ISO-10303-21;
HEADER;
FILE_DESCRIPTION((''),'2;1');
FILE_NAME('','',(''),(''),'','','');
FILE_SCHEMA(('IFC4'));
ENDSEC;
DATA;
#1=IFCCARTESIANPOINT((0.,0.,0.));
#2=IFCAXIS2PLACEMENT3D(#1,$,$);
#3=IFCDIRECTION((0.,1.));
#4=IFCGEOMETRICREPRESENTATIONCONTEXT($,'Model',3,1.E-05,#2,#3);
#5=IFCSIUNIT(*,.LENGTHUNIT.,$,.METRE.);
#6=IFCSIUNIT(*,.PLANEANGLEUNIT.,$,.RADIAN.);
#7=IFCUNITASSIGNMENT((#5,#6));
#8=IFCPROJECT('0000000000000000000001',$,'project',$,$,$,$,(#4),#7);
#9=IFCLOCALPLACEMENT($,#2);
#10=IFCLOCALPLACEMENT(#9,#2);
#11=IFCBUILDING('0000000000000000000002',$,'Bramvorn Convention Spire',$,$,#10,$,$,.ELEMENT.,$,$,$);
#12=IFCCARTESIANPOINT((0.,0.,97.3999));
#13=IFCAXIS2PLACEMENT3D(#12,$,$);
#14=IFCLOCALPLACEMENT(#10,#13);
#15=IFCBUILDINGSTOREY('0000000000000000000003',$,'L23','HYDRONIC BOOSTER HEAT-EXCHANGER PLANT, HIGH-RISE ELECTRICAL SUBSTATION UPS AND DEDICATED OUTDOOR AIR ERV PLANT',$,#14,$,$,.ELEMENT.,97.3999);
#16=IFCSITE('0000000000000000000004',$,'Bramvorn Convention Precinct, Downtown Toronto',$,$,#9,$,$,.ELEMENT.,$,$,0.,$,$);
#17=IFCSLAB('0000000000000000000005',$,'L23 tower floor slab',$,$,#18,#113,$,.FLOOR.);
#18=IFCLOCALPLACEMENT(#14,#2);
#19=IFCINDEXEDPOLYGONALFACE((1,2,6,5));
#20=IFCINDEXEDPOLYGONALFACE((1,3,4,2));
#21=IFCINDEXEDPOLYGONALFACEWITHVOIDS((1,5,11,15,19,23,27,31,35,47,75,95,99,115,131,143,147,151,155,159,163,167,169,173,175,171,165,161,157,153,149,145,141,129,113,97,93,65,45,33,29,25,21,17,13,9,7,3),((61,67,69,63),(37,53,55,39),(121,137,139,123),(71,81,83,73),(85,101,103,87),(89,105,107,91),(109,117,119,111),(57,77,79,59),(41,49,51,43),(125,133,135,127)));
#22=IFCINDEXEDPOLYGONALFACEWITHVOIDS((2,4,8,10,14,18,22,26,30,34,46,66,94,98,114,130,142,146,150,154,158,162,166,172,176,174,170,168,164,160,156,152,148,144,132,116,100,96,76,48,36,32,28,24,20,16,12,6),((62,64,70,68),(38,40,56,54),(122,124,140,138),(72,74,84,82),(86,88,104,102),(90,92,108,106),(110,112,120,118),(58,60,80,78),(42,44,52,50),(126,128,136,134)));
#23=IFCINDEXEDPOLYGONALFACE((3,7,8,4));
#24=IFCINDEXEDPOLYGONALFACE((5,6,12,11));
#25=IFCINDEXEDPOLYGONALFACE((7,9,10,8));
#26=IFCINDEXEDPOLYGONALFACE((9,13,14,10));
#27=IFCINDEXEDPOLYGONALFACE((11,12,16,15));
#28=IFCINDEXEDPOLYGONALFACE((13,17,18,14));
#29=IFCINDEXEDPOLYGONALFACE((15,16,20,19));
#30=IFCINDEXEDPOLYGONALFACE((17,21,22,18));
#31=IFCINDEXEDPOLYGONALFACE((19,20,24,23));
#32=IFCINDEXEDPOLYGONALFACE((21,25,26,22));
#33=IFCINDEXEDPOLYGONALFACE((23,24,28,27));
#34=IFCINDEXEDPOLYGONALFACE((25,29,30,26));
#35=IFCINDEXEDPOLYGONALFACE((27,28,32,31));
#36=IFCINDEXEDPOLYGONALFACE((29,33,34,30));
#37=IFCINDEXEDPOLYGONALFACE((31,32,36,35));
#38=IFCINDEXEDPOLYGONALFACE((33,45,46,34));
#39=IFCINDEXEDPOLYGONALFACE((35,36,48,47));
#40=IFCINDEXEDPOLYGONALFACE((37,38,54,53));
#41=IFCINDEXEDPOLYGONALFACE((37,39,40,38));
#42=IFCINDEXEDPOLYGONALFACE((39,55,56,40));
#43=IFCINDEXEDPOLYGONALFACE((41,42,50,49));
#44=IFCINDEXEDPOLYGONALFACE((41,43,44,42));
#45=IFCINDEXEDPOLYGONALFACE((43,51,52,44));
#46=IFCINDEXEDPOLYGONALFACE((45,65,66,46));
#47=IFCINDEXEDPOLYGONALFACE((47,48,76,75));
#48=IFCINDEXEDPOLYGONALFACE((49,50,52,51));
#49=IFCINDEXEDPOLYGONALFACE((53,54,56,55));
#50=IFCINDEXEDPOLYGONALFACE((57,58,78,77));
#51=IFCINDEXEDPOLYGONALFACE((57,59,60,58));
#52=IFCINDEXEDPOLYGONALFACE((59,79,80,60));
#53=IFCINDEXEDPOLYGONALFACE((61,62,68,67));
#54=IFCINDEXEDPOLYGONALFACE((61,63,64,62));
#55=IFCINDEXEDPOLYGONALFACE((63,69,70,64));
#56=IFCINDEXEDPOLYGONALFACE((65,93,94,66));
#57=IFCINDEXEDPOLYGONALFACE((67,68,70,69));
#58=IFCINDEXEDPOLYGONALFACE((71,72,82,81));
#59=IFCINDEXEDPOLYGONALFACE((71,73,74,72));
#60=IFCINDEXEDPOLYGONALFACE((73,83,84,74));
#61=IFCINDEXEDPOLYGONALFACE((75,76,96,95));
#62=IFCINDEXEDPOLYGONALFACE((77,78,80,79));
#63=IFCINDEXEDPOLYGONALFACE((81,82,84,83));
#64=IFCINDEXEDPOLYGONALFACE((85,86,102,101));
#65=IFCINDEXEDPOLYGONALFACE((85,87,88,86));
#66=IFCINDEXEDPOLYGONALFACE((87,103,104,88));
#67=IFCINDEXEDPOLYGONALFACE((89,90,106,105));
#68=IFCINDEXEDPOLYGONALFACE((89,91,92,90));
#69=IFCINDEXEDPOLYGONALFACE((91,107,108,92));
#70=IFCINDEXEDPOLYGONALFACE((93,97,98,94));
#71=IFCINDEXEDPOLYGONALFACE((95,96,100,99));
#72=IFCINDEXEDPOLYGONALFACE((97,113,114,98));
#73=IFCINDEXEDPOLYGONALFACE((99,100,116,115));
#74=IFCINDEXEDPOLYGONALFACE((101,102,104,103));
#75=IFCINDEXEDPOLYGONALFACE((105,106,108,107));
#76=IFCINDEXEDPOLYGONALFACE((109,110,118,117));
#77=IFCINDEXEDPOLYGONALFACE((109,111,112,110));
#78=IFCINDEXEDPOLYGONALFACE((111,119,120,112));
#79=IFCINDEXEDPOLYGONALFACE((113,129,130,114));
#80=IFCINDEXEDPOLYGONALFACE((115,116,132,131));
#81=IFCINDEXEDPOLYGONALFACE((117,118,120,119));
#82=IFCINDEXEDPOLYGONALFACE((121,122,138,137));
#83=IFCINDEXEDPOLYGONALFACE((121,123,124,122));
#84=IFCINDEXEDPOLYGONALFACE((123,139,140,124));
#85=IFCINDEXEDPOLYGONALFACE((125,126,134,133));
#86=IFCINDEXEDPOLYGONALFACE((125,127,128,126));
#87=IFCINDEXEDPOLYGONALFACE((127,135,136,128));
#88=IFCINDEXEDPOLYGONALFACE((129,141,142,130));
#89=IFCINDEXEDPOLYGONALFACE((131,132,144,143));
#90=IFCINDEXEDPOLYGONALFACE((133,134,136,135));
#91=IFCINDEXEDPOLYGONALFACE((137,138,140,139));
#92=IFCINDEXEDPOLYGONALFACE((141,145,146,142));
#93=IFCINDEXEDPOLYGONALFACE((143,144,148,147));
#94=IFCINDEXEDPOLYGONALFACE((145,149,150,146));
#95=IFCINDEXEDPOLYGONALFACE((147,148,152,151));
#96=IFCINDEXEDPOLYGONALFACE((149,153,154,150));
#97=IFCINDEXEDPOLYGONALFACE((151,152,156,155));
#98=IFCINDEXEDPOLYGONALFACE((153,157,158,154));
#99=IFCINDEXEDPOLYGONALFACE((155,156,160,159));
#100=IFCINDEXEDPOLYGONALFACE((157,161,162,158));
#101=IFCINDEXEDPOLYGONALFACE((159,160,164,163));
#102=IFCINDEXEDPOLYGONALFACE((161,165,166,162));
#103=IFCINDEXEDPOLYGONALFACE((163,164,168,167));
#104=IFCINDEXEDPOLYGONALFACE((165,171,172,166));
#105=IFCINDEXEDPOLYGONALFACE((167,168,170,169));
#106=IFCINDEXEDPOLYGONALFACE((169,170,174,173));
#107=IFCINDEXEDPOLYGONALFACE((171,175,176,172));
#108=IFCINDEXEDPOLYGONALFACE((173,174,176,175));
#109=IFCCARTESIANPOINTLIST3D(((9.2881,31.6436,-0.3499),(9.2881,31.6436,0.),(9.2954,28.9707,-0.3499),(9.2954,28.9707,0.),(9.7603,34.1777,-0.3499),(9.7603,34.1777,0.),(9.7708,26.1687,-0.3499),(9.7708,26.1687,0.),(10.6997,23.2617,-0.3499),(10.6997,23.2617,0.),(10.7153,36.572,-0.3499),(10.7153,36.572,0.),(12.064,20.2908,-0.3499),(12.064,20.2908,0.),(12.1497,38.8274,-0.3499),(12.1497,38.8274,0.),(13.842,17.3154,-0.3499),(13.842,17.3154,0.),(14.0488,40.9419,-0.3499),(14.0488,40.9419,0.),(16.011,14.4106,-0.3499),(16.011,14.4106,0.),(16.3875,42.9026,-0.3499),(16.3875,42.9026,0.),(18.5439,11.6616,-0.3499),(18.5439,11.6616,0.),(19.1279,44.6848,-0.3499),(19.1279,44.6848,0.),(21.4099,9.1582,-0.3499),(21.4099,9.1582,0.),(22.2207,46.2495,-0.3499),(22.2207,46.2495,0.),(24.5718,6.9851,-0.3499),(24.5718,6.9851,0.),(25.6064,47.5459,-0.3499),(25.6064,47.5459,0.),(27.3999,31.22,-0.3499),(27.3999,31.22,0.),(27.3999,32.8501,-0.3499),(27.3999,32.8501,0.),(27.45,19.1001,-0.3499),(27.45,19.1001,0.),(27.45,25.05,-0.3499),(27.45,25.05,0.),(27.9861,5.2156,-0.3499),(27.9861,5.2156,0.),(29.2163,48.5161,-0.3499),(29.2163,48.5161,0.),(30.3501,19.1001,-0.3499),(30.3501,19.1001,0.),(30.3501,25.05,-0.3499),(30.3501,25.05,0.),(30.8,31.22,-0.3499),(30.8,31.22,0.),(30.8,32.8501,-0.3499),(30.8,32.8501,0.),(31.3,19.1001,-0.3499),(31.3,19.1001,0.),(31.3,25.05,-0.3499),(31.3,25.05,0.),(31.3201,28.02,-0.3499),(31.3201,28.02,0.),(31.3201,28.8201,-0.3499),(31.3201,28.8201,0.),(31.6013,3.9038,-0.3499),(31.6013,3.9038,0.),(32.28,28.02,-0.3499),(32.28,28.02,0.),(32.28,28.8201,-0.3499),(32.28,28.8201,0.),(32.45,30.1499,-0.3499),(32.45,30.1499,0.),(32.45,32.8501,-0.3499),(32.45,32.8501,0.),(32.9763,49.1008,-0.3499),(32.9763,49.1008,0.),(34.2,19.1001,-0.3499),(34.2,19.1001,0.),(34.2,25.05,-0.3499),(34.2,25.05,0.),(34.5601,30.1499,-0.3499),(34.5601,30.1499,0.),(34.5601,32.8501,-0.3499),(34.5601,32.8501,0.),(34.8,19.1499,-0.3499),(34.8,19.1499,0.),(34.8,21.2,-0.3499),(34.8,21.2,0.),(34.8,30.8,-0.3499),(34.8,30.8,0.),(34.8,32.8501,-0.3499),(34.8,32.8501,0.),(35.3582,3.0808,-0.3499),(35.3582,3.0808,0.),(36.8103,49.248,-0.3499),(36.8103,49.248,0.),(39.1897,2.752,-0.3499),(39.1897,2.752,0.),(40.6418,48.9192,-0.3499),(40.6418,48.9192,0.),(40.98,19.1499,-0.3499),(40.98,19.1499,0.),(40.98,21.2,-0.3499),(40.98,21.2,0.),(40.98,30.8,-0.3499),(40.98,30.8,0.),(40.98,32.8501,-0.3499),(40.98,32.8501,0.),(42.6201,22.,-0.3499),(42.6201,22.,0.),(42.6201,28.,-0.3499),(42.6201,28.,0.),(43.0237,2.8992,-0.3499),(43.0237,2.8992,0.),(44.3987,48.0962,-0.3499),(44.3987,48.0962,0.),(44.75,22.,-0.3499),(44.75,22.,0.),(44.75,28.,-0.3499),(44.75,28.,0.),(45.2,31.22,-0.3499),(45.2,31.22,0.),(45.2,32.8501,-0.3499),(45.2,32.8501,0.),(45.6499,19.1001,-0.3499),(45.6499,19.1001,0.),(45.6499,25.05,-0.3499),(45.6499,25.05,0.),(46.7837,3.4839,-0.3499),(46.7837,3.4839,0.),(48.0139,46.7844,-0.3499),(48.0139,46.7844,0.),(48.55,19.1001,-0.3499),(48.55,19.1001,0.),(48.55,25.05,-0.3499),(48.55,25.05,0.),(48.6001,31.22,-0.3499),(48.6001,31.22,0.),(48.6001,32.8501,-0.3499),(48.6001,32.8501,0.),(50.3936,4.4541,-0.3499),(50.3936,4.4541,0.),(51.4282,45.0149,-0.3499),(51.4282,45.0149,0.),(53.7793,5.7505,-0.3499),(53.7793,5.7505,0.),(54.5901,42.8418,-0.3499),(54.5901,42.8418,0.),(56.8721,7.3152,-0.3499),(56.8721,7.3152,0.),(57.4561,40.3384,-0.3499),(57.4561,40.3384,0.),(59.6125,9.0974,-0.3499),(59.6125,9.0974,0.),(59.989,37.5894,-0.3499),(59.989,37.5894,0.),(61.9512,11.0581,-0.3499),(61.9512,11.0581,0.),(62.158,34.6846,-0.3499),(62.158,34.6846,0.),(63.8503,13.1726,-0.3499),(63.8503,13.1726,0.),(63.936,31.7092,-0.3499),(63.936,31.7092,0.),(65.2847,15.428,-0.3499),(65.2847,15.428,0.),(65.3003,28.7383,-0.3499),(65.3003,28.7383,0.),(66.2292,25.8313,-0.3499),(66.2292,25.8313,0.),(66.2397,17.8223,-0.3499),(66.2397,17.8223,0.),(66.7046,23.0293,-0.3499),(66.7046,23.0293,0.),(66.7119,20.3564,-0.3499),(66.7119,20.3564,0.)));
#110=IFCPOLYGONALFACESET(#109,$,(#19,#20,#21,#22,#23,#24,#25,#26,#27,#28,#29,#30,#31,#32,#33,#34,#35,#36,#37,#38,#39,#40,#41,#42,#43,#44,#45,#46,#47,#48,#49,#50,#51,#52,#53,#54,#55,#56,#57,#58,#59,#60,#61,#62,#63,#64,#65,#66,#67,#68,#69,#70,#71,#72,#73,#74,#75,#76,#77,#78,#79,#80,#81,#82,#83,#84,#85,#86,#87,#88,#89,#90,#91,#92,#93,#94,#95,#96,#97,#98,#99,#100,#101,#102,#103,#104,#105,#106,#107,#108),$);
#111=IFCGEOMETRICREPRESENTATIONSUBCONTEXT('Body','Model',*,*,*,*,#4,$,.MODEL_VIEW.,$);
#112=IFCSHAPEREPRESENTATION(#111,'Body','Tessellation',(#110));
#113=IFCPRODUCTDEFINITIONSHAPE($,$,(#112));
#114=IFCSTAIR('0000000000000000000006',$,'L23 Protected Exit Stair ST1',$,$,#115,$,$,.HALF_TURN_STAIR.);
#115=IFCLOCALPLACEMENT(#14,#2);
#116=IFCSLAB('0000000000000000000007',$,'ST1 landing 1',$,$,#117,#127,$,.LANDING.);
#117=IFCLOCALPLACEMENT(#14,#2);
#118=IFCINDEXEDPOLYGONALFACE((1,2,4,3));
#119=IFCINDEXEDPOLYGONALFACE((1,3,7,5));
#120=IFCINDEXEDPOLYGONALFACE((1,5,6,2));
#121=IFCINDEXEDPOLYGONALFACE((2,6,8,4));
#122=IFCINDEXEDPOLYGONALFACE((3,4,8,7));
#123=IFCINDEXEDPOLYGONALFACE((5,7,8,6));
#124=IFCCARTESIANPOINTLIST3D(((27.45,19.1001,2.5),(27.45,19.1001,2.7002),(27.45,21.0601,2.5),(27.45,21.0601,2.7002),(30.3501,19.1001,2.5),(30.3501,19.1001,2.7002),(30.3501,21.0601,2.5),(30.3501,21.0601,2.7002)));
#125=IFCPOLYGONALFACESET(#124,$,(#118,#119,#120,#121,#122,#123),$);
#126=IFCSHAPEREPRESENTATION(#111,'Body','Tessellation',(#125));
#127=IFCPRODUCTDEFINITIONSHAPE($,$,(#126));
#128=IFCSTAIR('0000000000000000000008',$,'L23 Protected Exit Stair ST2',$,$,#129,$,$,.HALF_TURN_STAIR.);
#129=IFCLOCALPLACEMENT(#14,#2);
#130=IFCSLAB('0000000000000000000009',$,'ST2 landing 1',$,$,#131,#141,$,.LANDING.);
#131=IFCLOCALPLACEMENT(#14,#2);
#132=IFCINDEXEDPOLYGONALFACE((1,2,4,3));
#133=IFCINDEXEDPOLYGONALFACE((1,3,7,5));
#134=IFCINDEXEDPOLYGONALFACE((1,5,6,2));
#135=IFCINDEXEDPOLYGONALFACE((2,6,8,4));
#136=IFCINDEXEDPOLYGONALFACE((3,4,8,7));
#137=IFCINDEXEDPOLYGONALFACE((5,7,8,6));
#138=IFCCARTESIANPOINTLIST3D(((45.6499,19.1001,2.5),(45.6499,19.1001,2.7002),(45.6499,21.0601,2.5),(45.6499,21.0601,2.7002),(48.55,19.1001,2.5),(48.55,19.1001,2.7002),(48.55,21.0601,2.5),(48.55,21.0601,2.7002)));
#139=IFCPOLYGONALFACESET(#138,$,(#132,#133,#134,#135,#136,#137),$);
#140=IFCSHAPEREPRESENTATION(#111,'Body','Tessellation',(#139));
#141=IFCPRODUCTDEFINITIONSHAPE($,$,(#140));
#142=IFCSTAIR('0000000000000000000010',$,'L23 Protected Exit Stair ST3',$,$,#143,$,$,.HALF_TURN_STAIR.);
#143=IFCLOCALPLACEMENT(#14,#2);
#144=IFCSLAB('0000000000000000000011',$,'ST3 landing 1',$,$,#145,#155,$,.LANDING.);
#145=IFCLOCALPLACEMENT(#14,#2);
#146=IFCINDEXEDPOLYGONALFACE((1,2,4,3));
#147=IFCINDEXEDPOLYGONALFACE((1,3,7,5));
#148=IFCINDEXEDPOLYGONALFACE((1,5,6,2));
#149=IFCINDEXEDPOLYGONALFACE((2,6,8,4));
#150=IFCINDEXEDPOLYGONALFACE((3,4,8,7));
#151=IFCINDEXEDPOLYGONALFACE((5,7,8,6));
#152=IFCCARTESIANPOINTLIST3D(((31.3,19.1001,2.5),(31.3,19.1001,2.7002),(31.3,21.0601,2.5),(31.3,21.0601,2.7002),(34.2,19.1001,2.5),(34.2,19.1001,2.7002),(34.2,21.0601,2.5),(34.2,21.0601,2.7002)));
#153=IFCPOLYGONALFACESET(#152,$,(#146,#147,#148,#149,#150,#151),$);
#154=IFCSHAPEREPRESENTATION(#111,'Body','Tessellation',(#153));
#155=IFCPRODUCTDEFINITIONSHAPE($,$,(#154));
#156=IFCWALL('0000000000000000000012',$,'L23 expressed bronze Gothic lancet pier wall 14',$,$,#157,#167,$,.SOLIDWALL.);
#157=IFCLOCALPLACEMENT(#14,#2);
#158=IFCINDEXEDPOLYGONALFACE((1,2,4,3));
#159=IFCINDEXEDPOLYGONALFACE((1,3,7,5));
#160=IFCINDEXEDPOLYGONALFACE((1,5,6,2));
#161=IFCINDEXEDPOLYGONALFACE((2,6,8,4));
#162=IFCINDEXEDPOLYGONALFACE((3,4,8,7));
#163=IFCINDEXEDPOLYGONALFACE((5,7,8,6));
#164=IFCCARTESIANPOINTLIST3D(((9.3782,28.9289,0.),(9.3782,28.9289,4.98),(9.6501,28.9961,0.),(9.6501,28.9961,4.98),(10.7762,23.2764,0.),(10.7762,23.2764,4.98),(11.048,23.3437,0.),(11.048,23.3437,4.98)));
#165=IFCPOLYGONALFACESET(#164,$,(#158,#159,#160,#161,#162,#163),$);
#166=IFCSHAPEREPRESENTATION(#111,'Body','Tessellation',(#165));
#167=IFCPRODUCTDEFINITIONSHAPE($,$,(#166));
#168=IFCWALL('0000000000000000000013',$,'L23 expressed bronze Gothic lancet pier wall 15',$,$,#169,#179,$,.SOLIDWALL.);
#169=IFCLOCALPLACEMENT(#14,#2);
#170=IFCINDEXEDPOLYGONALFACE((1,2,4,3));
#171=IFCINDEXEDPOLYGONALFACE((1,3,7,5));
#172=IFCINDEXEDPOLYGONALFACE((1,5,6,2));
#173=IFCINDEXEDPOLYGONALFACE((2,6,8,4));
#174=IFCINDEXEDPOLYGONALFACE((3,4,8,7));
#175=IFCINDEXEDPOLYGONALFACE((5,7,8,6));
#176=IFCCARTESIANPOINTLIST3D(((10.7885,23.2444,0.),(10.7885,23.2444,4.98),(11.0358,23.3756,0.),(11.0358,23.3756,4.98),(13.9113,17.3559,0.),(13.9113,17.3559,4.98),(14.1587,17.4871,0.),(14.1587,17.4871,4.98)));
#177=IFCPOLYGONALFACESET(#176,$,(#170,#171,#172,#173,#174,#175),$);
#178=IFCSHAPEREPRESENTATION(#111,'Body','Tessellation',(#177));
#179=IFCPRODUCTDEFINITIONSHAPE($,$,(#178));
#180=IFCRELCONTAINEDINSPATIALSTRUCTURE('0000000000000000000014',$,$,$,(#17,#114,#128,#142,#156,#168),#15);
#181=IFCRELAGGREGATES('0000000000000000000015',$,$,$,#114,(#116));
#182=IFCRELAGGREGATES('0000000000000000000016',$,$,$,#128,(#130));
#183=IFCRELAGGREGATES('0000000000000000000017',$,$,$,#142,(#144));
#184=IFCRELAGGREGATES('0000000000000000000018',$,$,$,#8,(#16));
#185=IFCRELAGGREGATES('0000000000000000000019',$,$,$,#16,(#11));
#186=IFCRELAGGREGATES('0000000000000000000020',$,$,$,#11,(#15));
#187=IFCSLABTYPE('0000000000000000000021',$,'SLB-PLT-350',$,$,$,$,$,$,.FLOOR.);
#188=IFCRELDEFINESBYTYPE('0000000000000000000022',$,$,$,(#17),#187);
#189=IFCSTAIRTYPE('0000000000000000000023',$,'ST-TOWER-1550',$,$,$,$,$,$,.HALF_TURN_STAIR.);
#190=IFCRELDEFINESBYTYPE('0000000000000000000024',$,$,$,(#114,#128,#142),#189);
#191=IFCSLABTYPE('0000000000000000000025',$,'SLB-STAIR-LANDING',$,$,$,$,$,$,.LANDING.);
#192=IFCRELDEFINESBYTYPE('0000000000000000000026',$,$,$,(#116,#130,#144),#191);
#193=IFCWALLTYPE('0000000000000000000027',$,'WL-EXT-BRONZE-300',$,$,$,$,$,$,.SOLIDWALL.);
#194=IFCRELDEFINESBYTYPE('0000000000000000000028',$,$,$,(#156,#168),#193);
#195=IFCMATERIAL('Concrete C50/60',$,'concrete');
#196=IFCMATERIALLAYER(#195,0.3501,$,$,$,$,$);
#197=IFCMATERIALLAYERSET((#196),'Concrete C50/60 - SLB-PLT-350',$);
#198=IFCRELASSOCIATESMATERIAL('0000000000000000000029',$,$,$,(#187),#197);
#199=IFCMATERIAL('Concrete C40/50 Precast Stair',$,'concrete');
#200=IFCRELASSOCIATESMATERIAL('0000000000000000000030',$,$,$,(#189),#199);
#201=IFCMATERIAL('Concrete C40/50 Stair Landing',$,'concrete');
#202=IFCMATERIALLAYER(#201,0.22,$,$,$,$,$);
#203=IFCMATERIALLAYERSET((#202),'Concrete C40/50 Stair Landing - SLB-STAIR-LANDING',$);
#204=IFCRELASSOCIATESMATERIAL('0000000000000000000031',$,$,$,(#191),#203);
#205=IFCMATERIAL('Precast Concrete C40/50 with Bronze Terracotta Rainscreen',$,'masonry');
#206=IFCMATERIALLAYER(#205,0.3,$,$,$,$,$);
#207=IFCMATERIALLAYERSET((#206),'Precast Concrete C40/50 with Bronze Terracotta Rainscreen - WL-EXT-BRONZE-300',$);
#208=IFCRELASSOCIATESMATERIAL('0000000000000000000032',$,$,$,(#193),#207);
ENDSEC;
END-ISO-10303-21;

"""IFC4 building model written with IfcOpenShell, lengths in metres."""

from ifc_helpers import new_model, si_unit, direction, frame, frame_2d, origin, place, context, subcontext, project, spatial, polyline, rectangle, outline, extrude, material, layer, layer_set, type_object, element, aggregate, save


model = new_model("IFC4")

# Units and contexts
model_context = context("Model", 3, precision=1e-05, world=origin(), true_north=direction((0.0, 1.0)))
body_context = subcontext(model_context, "Body", "Model", "MODEL_VIEW")
ifc_project = project(units=[si_unit("LENGTHUNIT", "METRE"), si_unit("PLANEANGLEUNIT", "RADIAN")], contexts=[model_context])

# Site, building, storey
site_placement = place(None, origin())
site = spatial("IfcSite", under=ifc_project, at=site_placement, Name="Bramvorn Convention Precinct, Downtown Toronto", CompositionType="ELEMENT", RefElevation=0.0)
building_placement = place(site_placement, origin())
building = spatial("IfcBuilding", under=site, at=building_placement, Name="Bramvorn Convention Spire", CompositionType="ELEMENT")
storey_placement = place(building_placement, frame((0.0, 0.0, 97.3999)))
storey = spatial("IfcBuildingStorey", under=building, at=storey_placement, Name="L23", Description="HYDRONIC BOOSTER HEAT-EXCHANGER PLANT, HIGH-RISE ELECTRICAL SUBSTATION UPS AND DEDICATED OUTDOOR AIR ERV PLANT", CompositionType="ELEMENT", Elevation=97.3999)

# Slab
ifc_material_1 = material(Name="Concrete C50/60", Category="concrete")
ifc_layer_1 = layer(ifc_material_1, 0.3501)
ifc_layer_set_1 = layer_set([ifc_layer_1], Name="Concrete C50/60 - SLB-PLT-350")
slab_type_1 = type_object("IfcSlabType", Name="SLB-PLT-350", PredefinedType="FLOOR", material=ifc_layer_set_1)
slab_1_placement = place(storey_placement, frame((0.0, 0.0, -0.3499)))
element("IfcSlab", 1, at=slab_1_placement, inside=storey, type_object=slab_type_1, Name="L23 tower floor slab", PredefinedType="FLOOR", context=body_context, shape_type="SweptSolid", body=[
    extrude(outline(polyline([(66.2397, 17.8223), (66.7119, 20.3564), (66.7046, 23.0293), (66.2292, 25.8313), (65.3003, 28.7383), (63.936, 31.7092), (62.158, 34.6846), (59.989, 37.5894), (57.4561, 40.3384), (54.5901, 42.8418), (51.4282, 45.0149), (48.0139, 46.7844), (44.3987, 48.0962), (40.6418, 48.9192), (36.8103, 49.248), (32.9763, 49.1008), (29.2163, 48.5161), (25.6064, 47.5459), (22.2207, 46.2495), (19.1279, 44.6848), (16.3875, 42.9026), (14.0488, 40.9419), (12.1497, 38.8274), (10.7153, 36.572), (9.7603, 34.1777), (9.2881, 31.6436), (9.2954, 28.9707), (9.7708, 26.1687), (10.6997, 23.2617), (12.064, 20.2908), (13.842, 17.3154), (16.011, 14.4106), (18.5439, 11.6616), (21.4099, 9.1582), (24.5718, 6.9851), (27.9861, 5.2156), (31.6013, 3.9038), (35.3582, 3.0808), (39.1897, 2.752), (43.0237, 2.8992), (46.7837, 3.4839), (50.3936, 4.4541), (53.7793, 5.7505), (56.8721, 7.3152), (59.6125, 9.0974), (61.9512, 11.0581), (63.8503, 13.1726), (65.2847, 15.428), (66.2397, 17.8223)]), holes=[polyline([(27.45, 25.05), (27.45, 19.1001), (30.3501, 19.1001), (30.3501, 25.05), (27.45, 25.05)]), polyline([(45.6499, 25.05), (45.6499, 19.1001), (48.55, 19.1001), (48.55, 25.05), (45.6499, 25.05)]), polyline([(31.3, 25.05), (31.3, 19.1001), (34.2, 19.1001), (34.2, 25.05), (31.3, 25.05)]), polyline([(27.3999, 31.22), (30.8, 31.22), (30.8, 32.8501), (27.3999, 32.8501), (27.3999, 31.22)]), polyline([(45.2, 31.22), (48.6001, 31.22), (48.6001, 32.8501), (45.2, 32.8501), (45.2, 31.22)]), polyline([(32.45, 30.1499), (34.5601, 30.1499), (34.5601, 32.8501), (32.45, 32.8501), (32.45, 30.1499)]), polyline([(34.8, 30.8), (40.98, 30.8), (40.98, 32.8501), (34.8, 32.8501), (34.8, 30.8)]), polyline([(34.8, 19.1499), (40.98, 19.1499), (40.98, 21.2), (34.8, 21.2), (34.8, 19.1499)]), polyline([(42.6201, 22.0), (44.75, 22.0), (44.75, 28.0), (42.6201, 28.0), (42.6201, 22.0)]), polyline([(31.3201, 28.02), (32.28, 28.02), (32.28, 28.8201), (31.3201, 28.8201), (31.3201, 28.02)])]), origin(), (0.0, 0.0, 1.0), 0.3499),
])

# Stairs, slabs
ifc_material_2 = material(Name="Concrete C40/50 Precast Stair", Category="concrete")
stair_type = type_object("IfcStairType", Name="ST-TOWER-1550", PredefinedType="HALF_TURN_STAIR", material=ifc_material_2)
stair_1_placement = place(storey_placement, origin())
stair_1 = element("IfcStair", 2, at=stair_1_placement, inside=storey, type_object=stair_type, Name="L23 Protected Exit Stair ST1", PredefinedType="HALF_TURN_STAIR")
ifc_material_3 = material(Name="Concrete C40/50 Stair Landing", Category="concrete")
ifc_layer_2 = layer(ifc_material_3, 0.22)
ifc_layer_set_2 = layer_set([ifc_layer_2], Name="Concrete C40/50 Stair Landing - SLB-STAIR-LANDING")
slab_type_2 = type_object("IfcSlabType", Name="SLB-STAIR-LANDING", PredefinedType="LANDING", material=ifc_layer_set_2)
slab_2_placement = place(storey_placement, frame((0.0, 0.0, 2.5)))
slab_2 = element("IfcSlab", 3, at=slab_2_placement, type_object=slab_type_2, Name="ST1 landing 1", PredefinedType="LANDING", context=body_context, shape_type="SweptSolid", body=[
    extrude(outline(polyline([(27.45, 21.0601), (27.45, 19.1001), (30.3501, 19.1001), (30.3501, 21.0601), (27.45, 21.0601)])), origin(), (0.0, 0.0, 1.0), 0.2002),
])
aggregate(stair_1, [slab_2])
stair_2_placement = place(storey_placement, origin())
stair_2 = element("IfcStair", 4, at=stair_2_placement, inside=storey, type_object=stair_type, Name="L23 Protected Exit Stair ST2", PredefinedType="HALF_TURN_STAIR")
slab_3_placement = place(storey_placement, frame((0.0, 0.0, 2.5)))
slab_3 = element("IfcSlab", 5, at=slab_3_placement, type_object=slab_type_2, Name="ST2 landing 1", PredefinedType="LANDING", context=body_context, shape_type="SweptSolid", body=[
    extrude(outline(polyline([(45.6499, 21.0601), (45.6499, 19.1001), (48.55, 19.1001), (48.55, 21.0601), (45.6499, 21.0601)])), origin(), (0.0, 0.0, 1.0), 0.2002),
])
aggregate(stair_2, [slab_3])
stair_3_placement = place(storey_placement, origin())
stair_3 = element("IfcStair", 6, at=stair_3_placement, inside=storey, type_object=stair_type, Name="L23 Protected Exit Stair ST3", PredefinedType="HALF_TURN_STAIR")
slab_4_placement = place(storey_placement, frame((0.0, 0.0, 2.5)))
slab_4 = element("IfcSlab", 7, at=slab_4_placement, type_object=slab_type_2, Name="ST3 landing 1", PredefinedType="LANDING", context=body_context, shape_type="SweptSolid", body=[
    extrude(outline(polyline([(31.3, 21.0601), (31.3, 19.1001), (34.2, 19.1001), (34.2, 21.0601), (31.3, 21.0601)])), origin(), (0.0, 0.0, 1.0), 0.2002),
])
aggregate(stair_3, [slab_4])

# Walls
ifc_material_4 = material(Name="Precast Concrete C40/50 with Bronze Terracotta Rainscreen", Category="masonry")
ifc_layer_3 = layer(ifc_material_4, 0.3)
ifc_layer_set_3 = layer_set([ifc_layer_3], Name="Precast Concrete C40/50 with Bronze Terracotta Rainscreen - WL-EXT-BRONZE-300")
wall_type = type_object("IfcWallType", Name="WL-EXT-BRONZE-300", PredefinedType="SOLIDWALL", material=ifc_layer_set_3)
wall_1_placement = place(storey_placement, frame((10.9121, 23.3101, 0.0), z_axis=(0.0, 0.0, 1.0), x_axis=(-0.240088, 0.970751, 0.0)))
element("IfcWall", 8, at=wall_1_placement, inside=storey, type_object=wall_type, Name="L23 expressed bronze Gothic lancet pier wall 14", PredefinedType="SOLIDWALL", context=body_context, shape_type="SweptSolid", body=[
    extrude(rectangle(XDim=5.8228, YDim=0.28, at=frame_2d((2.9114, 0.0))), origin(), (0.0, 0.0, 1.0), 4.98),
])
wall_2_placement = place(storey_placement, frame((14.0349, 17.4216, 0.0), z_axis=(0.0, 0.0, 1.0), x_axis=(-0.46852, 0.883453, 0.0)))
element("IfcWall", 9, at=wall_2_placement, inside=storey, type_object=wall_type, Name="L23 expressed bronze Gothic lancet pier wall 15", PredefinedType="SOLIDWALL", context=body_context, shape_type="SweptSolid", body=[
    extrude(rectangle(XDim=6.6653, YDim=0.28, at=frame_2d((3.3325, 0.0))), origin(), (0.0, 0.0, 1.0), 4.98),
])

save(model, "model.ifc")
